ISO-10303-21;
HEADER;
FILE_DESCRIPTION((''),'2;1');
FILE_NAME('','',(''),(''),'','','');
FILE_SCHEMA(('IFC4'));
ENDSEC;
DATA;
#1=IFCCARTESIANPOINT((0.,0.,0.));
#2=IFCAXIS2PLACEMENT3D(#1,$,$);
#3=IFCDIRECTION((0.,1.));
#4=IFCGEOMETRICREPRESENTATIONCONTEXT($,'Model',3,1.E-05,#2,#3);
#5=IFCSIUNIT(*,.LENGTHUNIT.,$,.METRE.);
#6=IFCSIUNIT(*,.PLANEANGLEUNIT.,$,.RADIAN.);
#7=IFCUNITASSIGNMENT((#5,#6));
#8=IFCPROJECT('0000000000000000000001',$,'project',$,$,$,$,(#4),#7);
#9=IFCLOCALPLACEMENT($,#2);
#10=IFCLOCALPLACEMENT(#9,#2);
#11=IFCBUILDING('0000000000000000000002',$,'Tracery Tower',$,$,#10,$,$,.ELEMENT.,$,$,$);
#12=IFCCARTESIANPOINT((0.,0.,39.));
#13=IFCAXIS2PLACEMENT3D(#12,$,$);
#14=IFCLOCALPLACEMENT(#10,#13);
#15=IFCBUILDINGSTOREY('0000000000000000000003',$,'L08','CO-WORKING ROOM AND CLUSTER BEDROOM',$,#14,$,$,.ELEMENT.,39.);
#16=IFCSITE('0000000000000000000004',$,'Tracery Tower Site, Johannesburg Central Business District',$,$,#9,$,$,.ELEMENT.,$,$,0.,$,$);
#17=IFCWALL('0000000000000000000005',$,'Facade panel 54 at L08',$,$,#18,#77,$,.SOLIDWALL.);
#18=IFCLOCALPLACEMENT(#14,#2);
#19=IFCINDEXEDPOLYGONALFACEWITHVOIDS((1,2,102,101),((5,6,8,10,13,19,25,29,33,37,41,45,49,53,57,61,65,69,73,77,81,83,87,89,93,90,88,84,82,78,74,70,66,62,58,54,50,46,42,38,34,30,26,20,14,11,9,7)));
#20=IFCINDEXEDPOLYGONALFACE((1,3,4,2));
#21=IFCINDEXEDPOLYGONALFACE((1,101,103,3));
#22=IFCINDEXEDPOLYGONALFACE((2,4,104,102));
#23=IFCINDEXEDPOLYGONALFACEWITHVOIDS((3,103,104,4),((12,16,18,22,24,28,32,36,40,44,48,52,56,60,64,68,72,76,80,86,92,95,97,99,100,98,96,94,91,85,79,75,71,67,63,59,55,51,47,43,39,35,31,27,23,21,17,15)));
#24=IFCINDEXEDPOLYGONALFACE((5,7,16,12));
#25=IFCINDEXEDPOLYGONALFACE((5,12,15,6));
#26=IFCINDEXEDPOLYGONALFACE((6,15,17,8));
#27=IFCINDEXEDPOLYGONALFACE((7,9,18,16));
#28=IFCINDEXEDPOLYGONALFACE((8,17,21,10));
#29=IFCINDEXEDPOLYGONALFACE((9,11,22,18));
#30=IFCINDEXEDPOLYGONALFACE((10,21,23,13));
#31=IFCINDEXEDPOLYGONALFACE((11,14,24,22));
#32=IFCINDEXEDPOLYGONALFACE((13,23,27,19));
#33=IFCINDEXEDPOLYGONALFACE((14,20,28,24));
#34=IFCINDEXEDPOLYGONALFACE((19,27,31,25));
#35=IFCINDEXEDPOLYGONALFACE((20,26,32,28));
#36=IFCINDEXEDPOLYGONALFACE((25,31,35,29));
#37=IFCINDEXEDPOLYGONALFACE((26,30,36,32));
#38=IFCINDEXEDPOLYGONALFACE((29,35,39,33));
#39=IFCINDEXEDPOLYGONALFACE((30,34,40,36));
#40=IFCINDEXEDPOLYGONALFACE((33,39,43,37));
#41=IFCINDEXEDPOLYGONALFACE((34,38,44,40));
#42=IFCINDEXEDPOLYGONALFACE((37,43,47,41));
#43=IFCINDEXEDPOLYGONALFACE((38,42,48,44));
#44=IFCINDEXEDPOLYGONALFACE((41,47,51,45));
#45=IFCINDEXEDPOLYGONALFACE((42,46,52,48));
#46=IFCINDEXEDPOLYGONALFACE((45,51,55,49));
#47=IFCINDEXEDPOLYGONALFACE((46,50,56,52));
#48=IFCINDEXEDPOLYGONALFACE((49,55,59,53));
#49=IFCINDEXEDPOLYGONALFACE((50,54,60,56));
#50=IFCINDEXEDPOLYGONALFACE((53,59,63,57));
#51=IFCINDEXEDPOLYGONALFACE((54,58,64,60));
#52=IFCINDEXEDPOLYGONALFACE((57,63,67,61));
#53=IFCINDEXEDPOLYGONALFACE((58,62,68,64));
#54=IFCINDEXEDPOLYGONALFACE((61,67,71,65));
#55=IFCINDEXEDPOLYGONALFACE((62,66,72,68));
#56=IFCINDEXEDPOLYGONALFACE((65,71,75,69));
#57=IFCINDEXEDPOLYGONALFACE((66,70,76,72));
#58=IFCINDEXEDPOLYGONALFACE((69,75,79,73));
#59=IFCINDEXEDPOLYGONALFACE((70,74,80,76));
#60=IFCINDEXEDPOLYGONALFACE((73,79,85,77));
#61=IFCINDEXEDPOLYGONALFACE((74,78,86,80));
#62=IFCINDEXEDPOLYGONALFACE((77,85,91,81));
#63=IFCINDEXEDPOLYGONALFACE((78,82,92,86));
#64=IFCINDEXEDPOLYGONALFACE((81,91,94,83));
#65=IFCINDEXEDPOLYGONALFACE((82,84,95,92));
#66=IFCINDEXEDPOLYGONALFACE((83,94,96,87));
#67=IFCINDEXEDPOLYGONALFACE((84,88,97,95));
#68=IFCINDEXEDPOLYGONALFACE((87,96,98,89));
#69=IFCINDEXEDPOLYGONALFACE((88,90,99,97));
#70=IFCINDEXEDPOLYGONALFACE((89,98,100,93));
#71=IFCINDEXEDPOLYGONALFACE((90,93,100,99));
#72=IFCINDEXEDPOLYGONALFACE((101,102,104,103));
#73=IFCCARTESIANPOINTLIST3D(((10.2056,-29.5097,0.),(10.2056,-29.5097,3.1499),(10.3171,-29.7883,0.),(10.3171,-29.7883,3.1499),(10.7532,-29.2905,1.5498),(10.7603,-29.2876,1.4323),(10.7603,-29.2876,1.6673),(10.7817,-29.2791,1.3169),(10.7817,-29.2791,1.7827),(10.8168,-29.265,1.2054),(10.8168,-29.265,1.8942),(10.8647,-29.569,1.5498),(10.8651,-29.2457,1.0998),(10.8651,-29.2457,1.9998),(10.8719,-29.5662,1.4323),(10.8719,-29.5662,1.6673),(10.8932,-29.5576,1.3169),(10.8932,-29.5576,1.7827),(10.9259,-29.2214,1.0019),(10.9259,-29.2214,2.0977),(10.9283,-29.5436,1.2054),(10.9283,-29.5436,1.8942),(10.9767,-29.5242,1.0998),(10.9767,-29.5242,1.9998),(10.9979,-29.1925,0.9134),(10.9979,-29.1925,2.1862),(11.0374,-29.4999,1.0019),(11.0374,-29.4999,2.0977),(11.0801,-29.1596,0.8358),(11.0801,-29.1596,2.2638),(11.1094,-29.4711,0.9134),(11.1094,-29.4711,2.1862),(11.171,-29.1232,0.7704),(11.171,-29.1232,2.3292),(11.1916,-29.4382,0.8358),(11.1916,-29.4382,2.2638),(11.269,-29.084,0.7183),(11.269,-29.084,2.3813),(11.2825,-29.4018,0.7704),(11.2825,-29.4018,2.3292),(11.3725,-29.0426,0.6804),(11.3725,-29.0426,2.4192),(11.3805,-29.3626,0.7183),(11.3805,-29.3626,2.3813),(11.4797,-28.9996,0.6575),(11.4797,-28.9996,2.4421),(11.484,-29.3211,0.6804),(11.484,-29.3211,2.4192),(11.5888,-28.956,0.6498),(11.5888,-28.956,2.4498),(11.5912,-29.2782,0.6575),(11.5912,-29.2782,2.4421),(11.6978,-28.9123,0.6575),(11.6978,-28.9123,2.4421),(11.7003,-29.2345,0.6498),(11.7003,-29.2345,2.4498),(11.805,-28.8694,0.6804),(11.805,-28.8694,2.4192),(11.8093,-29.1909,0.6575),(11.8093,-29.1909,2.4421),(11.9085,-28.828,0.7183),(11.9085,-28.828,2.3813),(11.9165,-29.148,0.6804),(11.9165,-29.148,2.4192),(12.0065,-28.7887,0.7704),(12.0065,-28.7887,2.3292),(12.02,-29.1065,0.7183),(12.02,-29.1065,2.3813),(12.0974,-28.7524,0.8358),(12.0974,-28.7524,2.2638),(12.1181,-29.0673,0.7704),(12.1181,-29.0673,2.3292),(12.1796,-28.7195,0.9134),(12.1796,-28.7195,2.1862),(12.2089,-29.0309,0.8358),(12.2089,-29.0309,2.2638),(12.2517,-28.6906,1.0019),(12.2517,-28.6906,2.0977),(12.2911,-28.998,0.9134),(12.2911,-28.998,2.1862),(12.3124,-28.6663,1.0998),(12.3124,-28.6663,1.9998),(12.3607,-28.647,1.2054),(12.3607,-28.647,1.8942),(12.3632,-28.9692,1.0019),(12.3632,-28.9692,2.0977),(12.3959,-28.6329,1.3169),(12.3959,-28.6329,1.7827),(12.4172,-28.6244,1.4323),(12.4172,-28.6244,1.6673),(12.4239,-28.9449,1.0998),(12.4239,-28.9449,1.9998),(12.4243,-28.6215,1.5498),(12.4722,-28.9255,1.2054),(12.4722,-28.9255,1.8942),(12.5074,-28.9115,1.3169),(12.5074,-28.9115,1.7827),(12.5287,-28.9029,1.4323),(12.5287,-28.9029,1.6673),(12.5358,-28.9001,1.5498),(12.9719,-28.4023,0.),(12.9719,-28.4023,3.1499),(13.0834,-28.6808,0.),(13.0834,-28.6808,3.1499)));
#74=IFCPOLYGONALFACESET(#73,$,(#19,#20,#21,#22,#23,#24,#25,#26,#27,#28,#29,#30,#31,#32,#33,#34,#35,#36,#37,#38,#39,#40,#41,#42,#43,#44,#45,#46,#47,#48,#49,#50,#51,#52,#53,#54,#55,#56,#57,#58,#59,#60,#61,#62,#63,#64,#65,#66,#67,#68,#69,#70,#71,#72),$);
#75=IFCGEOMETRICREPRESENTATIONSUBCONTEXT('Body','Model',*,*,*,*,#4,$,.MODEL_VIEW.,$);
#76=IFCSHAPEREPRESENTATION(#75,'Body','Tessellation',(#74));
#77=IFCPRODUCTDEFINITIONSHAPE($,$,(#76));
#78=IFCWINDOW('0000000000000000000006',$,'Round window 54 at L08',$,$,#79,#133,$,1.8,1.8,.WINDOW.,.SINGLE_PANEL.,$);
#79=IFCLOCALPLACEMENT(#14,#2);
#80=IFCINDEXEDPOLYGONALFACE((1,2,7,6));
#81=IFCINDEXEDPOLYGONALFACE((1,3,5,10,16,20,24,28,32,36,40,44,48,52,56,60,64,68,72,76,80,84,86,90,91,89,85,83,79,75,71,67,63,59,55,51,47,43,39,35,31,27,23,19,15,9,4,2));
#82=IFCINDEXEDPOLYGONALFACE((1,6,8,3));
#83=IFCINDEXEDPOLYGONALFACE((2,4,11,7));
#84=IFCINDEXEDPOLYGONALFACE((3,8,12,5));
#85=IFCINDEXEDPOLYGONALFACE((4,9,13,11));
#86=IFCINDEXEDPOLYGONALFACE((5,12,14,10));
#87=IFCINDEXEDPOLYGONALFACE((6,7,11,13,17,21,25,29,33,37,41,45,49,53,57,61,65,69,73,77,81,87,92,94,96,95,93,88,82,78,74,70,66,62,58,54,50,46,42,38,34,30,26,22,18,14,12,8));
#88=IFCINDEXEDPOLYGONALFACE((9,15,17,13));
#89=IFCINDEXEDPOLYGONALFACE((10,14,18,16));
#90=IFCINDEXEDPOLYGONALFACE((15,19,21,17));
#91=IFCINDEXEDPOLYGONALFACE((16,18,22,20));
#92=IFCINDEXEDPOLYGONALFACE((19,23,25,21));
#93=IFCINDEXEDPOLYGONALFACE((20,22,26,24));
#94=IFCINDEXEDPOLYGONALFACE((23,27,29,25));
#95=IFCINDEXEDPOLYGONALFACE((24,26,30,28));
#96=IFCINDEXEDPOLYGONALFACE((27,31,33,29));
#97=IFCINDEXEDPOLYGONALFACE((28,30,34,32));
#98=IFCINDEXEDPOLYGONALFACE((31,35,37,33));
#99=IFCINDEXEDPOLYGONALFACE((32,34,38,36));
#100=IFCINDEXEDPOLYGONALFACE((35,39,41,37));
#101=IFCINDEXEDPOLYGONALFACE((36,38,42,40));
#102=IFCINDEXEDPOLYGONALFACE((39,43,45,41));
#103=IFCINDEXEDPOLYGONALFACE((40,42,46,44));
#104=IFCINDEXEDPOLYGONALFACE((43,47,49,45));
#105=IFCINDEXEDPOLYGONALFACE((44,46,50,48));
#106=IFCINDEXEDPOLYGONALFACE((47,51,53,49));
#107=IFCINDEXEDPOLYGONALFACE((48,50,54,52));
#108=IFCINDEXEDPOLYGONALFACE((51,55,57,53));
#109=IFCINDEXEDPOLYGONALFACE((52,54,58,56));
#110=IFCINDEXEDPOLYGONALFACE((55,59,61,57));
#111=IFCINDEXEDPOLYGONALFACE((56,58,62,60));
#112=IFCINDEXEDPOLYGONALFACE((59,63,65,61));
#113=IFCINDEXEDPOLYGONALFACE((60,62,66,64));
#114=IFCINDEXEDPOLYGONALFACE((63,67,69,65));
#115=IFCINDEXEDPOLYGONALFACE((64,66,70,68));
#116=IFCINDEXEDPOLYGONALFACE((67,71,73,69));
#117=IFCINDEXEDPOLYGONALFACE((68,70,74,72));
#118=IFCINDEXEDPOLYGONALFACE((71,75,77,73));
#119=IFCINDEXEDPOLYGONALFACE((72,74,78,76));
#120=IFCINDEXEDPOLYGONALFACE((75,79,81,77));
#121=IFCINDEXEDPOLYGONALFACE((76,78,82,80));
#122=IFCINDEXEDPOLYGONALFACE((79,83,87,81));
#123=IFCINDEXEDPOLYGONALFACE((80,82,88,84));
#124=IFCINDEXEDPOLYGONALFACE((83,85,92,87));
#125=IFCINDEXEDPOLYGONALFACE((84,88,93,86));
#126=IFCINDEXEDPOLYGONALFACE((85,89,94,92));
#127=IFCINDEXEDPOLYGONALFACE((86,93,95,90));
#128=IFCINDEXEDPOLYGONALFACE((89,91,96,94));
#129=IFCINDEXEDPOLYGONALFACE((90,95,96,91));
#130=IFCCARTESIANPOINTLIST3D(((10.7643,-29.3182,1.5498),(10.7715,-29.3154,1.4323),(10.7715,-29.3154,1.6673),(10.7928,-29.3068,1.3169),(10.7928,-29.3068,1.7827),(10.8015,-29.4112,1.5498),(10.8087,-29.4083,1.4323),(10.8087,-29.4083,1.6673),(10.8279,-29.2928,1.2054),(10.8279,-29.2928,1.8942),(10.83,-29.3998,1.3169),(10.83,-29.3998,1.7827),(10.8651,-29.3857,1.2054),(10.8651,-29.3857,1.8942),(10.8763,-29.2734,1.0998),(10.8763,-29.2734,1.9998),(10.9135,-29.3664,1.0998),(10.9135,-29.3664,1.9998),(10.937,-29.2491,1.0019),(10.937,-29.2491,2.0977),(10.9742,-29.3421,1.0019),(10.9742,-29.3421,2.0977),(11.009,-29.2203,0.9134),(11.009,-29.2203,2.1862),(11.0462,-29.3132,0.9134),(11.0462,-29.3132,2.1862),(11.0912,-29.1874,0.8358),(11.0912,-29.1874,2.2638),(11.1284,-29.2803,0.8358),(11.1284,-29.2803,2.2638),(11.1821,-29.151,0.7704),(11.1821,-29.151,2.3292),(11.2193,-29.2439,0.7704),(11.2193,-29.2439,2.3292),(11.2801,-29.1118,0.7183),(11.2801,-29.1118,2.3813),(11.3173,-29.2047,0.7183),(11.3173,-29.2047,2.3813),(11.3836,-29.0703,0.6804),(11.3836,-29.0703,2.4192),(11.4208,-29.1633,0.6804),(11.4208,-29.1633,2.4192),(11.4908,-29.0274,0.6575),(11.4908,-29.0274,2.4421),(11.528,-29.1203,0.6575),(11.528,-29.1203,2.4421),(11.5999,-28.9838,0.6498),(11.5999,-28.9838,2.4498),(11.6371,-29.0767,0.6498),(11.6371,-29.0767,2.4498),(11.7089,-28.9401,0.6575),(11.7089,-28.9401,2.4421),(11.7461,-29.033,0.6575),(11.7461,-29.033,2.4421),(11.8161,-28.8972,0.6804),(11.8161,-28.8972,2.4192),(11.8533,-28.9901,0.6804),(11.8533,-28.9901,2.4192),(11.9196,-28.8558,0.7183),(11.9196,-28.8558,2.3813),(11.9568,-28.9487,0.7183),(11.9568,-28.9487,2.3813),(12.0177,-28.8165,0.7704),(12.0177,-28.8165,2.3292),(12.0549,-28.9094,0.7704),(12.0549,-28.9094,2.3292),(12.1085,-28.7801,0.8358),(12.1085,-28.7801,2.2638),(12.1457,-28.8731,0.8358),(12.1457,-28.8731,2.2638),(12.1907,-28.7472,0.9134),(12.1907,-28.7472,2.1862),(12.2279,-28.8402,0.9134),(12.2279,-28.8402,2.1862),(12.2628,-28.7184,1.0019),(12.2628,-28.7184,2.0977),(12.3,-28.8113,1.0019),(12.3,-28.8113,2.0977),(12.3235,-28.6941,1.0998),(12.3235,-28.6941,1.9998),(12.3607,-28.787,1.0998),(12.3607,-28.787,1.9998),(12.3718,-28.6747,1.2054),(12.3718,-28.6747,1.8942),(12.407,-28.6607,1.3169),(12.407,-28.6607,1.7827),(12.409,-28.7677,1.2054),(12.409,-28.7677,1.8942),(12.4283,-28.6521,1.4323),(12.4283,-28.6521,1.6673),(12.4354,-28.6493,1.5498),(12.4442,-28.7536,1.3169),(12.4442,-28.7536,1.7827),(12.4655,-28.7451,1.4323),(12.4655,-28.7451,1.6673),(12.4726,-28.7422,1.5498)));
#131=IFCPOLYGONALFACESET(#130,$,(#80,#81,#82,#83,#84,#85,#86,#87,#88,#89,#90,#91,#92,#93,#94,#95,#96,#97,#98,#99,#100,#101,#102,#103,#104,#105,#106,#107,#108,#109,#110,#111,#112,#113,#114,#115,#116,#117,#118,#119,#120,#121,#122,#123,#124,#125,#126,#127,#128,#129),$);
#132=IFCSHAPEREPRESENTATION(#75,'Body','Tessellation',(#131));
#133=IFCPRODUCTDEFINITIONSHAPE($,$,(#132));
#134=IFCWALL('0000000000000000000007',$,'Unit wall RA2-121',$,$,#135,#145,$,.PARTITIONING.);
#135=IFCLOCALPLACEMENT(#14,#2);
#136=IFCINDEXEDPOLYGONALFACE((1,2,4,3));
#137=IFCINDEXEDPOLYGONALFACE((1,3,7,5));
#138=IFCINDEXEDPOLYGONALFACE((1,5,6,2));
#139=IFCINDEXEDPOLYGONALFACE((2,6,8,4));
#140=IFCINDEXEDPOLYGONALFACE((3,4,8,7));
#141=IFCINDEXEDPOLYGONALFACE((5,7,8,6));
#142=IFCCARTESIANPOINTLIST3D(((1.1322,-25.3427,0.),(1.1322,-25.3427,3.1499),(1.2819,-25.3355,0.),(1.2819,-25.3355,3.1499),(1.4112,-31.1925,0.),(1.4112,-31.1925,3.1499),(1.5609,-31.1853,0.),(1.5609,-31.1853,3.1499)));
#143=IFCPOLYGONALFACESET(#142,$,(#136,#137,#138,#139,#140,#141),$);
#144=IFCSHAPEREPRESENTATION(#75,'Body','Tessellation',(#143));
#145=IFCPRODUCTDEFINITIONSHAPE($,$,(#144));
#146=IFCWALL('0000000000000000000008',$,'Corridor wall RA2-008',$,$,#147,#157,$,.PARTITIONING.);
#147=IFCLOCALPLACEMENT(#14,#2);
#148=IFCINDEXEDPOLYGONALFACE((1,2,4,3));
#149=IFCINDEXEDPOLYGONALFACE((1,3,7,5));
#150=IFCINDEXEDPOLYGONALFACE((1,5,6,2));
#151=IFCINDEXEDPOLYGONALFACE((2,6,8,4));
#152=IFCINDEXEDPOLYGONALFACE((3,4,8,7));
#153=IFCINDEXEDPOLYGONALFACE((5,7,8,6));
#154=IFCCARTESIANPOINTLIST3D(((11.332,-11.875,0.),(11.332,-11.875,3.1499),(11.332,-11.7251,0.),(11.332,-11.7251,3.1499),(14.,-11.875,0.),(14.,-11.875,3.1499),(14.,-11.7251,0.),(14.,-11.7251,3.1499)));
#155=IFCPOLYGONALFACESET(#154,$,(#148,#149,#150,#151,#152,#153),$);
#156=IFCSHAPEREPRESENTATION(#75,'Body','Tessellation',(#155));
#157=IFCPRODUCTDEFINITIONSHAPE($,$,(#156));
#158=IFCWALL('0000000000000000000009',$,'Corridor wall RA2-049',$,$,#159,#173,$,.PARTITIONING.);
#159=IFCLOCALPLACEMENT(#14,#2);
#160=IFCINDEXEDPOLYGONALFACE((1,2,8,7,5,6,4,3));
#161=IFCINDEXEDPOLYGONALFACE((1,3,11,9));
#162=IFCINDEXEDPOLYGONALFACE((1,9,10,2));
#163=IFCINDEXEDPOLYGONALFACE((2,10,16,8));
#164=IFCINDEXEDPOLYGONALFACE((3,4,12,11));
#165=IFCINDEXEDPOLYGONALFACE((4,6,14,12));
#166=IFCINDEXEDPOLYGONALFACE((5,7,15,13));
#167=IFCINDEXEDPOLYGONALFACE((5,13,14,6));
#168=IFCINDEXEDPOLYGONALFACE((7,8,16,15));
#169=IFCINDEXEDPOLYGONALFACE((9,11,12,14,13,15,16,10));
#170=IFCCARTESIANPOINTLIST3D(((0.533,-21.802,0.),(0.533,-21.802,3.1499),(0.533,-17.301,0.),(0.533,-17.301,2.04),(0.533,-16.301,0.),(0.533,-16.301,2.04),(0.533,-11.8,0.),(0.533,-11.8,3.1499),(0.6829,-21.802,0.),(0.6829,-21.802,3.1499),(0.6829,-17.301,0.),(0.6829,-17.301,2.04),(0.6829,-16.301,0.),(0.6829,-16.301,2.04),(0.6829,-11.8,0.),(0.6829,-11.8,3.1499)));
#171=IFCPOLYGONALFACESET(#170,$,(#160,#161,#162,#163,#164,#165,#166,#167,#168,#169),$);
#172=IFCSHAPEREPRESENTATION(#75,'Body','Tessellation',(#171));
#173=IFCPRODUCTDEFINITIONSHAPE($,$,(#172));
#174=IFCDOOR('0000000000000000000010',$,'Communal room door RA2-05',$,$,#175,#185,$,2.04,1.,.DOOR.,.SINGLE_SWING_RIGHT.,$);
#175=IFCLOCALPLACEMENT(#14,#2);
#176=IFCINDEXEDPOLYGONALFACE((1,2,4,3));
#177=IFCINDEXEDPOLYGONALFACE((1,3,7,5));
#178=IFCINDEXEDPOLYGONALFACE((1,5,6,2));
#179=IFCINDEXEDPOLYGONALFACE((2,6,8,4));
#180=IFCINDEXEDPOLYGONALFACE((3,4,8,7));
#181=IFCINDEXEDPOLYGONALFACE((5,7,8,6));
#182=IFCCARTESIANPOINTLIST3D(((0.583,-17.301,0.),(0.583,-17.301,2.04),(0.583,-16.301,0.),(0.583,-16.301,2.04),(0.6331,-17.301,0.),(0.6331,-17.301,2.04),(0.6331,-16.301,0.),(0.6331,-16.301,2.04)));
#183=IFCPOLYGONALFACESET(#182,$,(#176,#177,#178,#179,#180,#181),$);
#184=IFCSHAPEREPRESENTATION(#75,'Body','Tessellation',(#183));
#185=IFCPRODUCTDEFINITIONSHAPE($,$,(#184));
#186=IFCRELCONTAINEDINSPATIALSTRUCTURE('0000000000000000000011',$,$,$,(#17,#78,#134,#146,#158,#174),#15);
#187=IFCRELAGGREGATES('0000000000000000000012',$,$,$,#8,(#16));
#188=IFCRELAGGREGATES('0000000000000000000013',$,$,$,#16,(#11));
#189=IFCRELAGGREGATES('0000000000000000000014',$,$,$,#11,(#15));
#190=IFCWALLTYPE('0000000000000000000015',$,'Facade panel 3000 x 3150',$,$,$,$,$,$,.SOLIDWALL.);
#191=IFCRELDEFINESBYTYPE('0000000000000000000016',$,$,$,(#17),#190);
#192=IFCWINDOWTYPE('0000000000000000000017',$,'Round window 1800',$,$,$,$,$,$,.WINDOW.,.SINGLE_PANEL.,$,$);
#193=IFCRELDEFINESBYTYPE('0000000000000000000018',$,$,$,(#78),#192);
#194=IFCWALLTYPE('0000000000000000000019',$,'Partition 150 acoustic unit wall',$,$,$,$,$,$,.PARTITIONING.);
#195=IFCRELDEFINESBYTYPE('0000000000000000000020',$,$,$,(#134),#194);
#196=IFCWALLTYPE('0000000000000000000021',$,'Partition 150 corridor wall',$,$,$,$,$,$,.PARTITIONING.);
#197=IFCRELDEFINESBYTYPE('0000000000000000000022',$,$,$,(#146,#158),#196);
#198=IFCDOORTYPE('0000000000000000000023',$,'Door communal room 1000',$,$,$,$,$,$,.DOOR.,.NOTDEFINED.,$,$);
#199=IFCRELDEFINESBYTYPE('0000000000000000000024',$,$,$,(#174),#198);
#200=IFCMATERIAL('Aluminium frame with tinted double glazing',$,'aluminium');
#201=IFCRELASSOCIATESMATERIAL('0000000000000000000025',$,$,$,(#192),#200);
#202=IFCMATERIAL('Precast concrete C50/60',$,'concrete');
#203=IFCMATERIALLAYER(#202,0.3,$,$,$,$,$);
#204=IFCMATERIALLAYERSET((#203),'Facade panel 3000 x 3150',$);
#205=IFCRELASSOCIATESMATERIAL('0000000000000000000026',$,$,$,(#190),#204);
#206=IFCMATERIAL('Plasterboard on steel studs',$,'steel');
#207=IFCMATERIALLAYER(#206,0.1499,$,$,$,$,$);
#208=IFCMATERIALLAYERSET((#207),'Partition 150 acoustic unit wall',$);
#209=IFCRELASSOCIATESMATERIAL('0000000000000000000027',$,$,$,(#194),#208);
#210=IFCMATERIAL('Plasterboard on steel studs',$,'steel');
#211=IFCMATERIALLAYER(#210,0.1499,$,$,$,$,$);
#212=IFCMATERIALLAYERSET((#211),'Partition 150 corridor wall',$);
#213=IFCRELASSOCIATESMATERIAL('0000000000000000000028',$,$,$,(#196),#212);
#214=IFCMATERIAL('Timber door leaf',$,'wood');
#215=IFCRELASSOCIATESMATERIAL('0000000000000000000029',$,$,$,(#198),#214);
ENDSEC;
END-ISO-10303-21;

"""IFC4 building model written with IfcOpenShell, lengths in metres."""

from ifc_helpers import new_model, si_unit, direction, frame, frame_2d, origin, origin_2d, place, context, subcontext, project, spatial, rectangle, circle, extrude, material, layer, layer_set, type_object, element, fill, save


model = new_model("IFC4")

# Units and contexts
model_context = context("Model", 3, precision=1e-05, world=origin(), true_north=direction((0.0, 1.0)))
body_context = subcontext(model_context, "Body", "Model", "MODEL_VIEW")
ifc_project = project(units=[si_unit("LENGTHUNIT", "METRE"), si_unit("PLANEANGLEUNIT", "RADIAN")], contexts=[model_context])

# Site, building, storey
site_placement = place(None, origin())
site = spatial("IfcSite", under=ifc_project, at=site_placement, Name="Tracery Tower Site, Johannesburg Central Business District", CompositionType="ELEMENT", RefElevation=0.0)
building_placement = place(site_placement, origin())
building = spatial("IfcBuilding", under=site, at=building_placement, Name="Tracery Tower", CompositionType="ELEMENT")
storey_placement = place(building_placement, frame((0.0, 0.0, 39.0)))
storey = spatial("IfcBuildingStorey", under=building, at=storey_placement, Name="L08", Description="CO-WORKING ROOM AND CLUSTER BEDROOM", CompositionType="ELEMENT", Elevation=39.0)

# Wall, opening, window
ifc_material_1 = material(Name="Aluminium frame with tinted double glazing", Category="aluminium")
window_type = type_object("IfcWindowType", Name="Round window 1800", PartitioningType="SINGLE_PANEL", PredefinedType="WINDOW", material=ifc_material_1)
ifc_material_2 = material(Name="Precast concrete C50/60", Category="concrete")
ifc_layer_1 = layer(ifc_material_2, 0.3)
ifc_layer_set_1 = layer_set([ifc_layer_1], Name="Facade panel 3000 x 3150")
wall_type_1 = type_object("IfcWallType", Name="Facade panel 3000 x 3150", PredefinedType="SOLIDWALL", material=ifc_layer_set_1)
wall_1_placement = place(storey_placement, frame((10.2615, -29.6489, 0.0), z_axis=(0.0, 0.0, 1.0), x_axis=(0.928375, 0.371645, 0.0)))
wall_1 = element("IfcWall", 1, at=wall_1_placement, inside=storey, type_object=wall_type_1, Name="Facade panel 54 at L08", PredefinedType="SOLIDWALL", context=body_context, shape_type="SweptSolid", body=[
    extrude(rectangle(XDim=2.9797, YDim=0.3, at=frame_2d((1.4897, 0.0))), origin(), (0.0, 0.0, 1.0), 3.1499),
])
opening_1_placement = place(wall_1_placement, frame((1.4897, 0.0, 1.5498)))
opening_1 = element("IfcOpeningElement", 2, at=opening_1_placement, cuts=wall_1, PredefinedType="OPENING", context=body_context, shape_type="SweptSolid", body=[
    extrude(circle(Radius=0.9, at=origin_2d()), frame((0.0, 0.1599, 0.0), z_axis=(0.0, -1.0, 0.0), x_axis=(1.0, 0.0, 0.0)), (0.0, 0.0, 1.0), 0.3201),
])
window_1_placement = place(opening_1_placement, origin())
window_1 = element("IfcWindow", 3, at=window_1_placement, inside=storey, type_object=window_type, Name="Round window 54 at L08", OverallHeight=1.8, OverallWidth=1.8, PartitioningType="SINGLE_PANEL", PredefinedType="WINDOW", context=body_context, shape_type="SweptSolid", body=[
    extrude(circle(Radius=0.9, at=origin_2d()), frame((0.0, 0.1201, 0.0), z_axis=(0.0, -1.0, 0.0), x_axis=(1.0, 0.0, 0.0)), (0.0, 0.0, 1.0), 0.1001),
])
fill(opening_1, window_1)

# Walls
ifc_material_3 = material(Name="Plasterboard on steel studs", Category="steel")
ifc_layer_2 = layer(ifc_material_3, 0.1499)
ifc_layer_set_2 = layer_set([ifc_layer_2], Name="Partition 150 acoustic unit wall")
wall_type_2 = type_object("IfcWallType", Name="Partition 150 acoustic unit wall", PredefinedType="PARTITIONING", material=ifc_layer_set_2)
wall_2_placement = place(storey_placement, frame((1.207, -25.3391, 0.0), z_axis=(0.0, 0.0, 1.0), x_axis=(0.047648, -0.998864, 0.0)))
element("IfcWall", 4, at=wall_2_placement, inside=storey, type_object=wall_type_2, Name="Unit wall RA2-121", PredefinedType="PARTITIONING", context=body_context, shape_type="SweptSolid", body=[
    extrude(rectangle(XDim=5.8564, YDim=0.1499, at=frame_2d((2.9282, 0.0))), origin(), (0.0, 0.0, 1.0), 3.1499),
])
ifc_material_4 = material(Name="Plasterboard on steel studs", Category="steel")
ifc_layer_3 = layer(ifc_material_4, 0.1499)
ifc_layer_set_3 = layer_set([ifc_layer_3], Name="Partition 150 corridor wall")
wall_type_3 = type_object("IfcWallType", Name="Partition 150 corridor wall", PredefinedType="PARTITIONING", material=ifc_layer_set_3)
wall_3_placement = place(storey_placement, frame((11.332, -11.8, 0.0), z_axis=(0.0, 0.0, 1.0), x_axis=(1.0, 0.0, 0.0)))
element("IfcWall", 5, at=wall_3_placement, inside=storey, type_object=wall_type_3, Name="Corridor wall RA2-008", PredefinedType="PARTITIONING", context=body_context, shape_type="SweptSolid", body=[
    extrude(rectangle(XDim=2.668, YDim=0.1499, at=frame_2d((1.334, 0.0))), origin(), (0.0, 0.0, 1.0), 3.1499),
])

# Wall, opening, door
wall_4_placement = place(storey_placement, frame((0.6079, -21.802, 0.0), z_axis=(0.0, 0.0, 1.0), x_axis=(0.0, 1.0, 0.0)))
wall_4 = element("IfcWall", 6, at=wall_4_placement, inside=storey, type_object=wall_type_3, Name="Corridor wall RA2-049", PredefinedType="PARTITIONING", context=body_context, shape_type="SweptSolid", body=[
    extrude(rectangle(XDim=10.002, YDim=0.1499, at=frame_2d((5.001, 0.0))), origin(), (0.0, 0.0, 1.0), 3.1499),
])
opening_2_placement = place(wall_4_placement, frame((4.501, 0.0, 0.0)))
opening_2 = element("IfcOpeningElement", 7, at=opening_2_placement, cuts=wall_4, PredefinedType="OPENING", context=body_context, shape_type="SweptSolid", body=[
    extrude(rectangle(XDim=1.0, YDim=2.04, at=frame_2d((0.5, 1.02))), frame((0.0, 0.075, 0.0), z_axis=(0.0, -1.0, 0.0), x_axis=(1.0, 0.0, 0.0)), (0.0, 0.0, 1.0), 0.1499),
])
ifc_material_5 = material(Name="Timber door leaf", Category="wood")
door_type_1 = type_object("IfcDoorType", Name="Door communal room 1000", OperationType="NOTDEFINED", PredefinedType="DOOR", material=ifc_material_5)
door_1_placement = place(opening_2_placement, origin())
door_1 = element("IfcDoor", 8, at=door_1_placement, inside=storey, type_object=door_type_1, Name="Communal room door RA2-05", OperationType="SINGLE_SWING_RIGHT", OverallHeight=2.04, OverallWidth=1.0, PredefinedType="DOOR", context=body_context, shape_type="SweptSolid", body=[
    extrude(rectangle(XDim=1.0, YDim=2.04, at=frame_2d((0.5, 1.02))), frame((0.0, 0.0249, 0.0), z_axis=(0.0, -1.0, 0.0), x_axis=(1.0, 0.0, 0.0)), (0.0, 0.0, 1.0), 0.05),
])
fill(opening_2, door_1)

save(model, "model.ifc")
